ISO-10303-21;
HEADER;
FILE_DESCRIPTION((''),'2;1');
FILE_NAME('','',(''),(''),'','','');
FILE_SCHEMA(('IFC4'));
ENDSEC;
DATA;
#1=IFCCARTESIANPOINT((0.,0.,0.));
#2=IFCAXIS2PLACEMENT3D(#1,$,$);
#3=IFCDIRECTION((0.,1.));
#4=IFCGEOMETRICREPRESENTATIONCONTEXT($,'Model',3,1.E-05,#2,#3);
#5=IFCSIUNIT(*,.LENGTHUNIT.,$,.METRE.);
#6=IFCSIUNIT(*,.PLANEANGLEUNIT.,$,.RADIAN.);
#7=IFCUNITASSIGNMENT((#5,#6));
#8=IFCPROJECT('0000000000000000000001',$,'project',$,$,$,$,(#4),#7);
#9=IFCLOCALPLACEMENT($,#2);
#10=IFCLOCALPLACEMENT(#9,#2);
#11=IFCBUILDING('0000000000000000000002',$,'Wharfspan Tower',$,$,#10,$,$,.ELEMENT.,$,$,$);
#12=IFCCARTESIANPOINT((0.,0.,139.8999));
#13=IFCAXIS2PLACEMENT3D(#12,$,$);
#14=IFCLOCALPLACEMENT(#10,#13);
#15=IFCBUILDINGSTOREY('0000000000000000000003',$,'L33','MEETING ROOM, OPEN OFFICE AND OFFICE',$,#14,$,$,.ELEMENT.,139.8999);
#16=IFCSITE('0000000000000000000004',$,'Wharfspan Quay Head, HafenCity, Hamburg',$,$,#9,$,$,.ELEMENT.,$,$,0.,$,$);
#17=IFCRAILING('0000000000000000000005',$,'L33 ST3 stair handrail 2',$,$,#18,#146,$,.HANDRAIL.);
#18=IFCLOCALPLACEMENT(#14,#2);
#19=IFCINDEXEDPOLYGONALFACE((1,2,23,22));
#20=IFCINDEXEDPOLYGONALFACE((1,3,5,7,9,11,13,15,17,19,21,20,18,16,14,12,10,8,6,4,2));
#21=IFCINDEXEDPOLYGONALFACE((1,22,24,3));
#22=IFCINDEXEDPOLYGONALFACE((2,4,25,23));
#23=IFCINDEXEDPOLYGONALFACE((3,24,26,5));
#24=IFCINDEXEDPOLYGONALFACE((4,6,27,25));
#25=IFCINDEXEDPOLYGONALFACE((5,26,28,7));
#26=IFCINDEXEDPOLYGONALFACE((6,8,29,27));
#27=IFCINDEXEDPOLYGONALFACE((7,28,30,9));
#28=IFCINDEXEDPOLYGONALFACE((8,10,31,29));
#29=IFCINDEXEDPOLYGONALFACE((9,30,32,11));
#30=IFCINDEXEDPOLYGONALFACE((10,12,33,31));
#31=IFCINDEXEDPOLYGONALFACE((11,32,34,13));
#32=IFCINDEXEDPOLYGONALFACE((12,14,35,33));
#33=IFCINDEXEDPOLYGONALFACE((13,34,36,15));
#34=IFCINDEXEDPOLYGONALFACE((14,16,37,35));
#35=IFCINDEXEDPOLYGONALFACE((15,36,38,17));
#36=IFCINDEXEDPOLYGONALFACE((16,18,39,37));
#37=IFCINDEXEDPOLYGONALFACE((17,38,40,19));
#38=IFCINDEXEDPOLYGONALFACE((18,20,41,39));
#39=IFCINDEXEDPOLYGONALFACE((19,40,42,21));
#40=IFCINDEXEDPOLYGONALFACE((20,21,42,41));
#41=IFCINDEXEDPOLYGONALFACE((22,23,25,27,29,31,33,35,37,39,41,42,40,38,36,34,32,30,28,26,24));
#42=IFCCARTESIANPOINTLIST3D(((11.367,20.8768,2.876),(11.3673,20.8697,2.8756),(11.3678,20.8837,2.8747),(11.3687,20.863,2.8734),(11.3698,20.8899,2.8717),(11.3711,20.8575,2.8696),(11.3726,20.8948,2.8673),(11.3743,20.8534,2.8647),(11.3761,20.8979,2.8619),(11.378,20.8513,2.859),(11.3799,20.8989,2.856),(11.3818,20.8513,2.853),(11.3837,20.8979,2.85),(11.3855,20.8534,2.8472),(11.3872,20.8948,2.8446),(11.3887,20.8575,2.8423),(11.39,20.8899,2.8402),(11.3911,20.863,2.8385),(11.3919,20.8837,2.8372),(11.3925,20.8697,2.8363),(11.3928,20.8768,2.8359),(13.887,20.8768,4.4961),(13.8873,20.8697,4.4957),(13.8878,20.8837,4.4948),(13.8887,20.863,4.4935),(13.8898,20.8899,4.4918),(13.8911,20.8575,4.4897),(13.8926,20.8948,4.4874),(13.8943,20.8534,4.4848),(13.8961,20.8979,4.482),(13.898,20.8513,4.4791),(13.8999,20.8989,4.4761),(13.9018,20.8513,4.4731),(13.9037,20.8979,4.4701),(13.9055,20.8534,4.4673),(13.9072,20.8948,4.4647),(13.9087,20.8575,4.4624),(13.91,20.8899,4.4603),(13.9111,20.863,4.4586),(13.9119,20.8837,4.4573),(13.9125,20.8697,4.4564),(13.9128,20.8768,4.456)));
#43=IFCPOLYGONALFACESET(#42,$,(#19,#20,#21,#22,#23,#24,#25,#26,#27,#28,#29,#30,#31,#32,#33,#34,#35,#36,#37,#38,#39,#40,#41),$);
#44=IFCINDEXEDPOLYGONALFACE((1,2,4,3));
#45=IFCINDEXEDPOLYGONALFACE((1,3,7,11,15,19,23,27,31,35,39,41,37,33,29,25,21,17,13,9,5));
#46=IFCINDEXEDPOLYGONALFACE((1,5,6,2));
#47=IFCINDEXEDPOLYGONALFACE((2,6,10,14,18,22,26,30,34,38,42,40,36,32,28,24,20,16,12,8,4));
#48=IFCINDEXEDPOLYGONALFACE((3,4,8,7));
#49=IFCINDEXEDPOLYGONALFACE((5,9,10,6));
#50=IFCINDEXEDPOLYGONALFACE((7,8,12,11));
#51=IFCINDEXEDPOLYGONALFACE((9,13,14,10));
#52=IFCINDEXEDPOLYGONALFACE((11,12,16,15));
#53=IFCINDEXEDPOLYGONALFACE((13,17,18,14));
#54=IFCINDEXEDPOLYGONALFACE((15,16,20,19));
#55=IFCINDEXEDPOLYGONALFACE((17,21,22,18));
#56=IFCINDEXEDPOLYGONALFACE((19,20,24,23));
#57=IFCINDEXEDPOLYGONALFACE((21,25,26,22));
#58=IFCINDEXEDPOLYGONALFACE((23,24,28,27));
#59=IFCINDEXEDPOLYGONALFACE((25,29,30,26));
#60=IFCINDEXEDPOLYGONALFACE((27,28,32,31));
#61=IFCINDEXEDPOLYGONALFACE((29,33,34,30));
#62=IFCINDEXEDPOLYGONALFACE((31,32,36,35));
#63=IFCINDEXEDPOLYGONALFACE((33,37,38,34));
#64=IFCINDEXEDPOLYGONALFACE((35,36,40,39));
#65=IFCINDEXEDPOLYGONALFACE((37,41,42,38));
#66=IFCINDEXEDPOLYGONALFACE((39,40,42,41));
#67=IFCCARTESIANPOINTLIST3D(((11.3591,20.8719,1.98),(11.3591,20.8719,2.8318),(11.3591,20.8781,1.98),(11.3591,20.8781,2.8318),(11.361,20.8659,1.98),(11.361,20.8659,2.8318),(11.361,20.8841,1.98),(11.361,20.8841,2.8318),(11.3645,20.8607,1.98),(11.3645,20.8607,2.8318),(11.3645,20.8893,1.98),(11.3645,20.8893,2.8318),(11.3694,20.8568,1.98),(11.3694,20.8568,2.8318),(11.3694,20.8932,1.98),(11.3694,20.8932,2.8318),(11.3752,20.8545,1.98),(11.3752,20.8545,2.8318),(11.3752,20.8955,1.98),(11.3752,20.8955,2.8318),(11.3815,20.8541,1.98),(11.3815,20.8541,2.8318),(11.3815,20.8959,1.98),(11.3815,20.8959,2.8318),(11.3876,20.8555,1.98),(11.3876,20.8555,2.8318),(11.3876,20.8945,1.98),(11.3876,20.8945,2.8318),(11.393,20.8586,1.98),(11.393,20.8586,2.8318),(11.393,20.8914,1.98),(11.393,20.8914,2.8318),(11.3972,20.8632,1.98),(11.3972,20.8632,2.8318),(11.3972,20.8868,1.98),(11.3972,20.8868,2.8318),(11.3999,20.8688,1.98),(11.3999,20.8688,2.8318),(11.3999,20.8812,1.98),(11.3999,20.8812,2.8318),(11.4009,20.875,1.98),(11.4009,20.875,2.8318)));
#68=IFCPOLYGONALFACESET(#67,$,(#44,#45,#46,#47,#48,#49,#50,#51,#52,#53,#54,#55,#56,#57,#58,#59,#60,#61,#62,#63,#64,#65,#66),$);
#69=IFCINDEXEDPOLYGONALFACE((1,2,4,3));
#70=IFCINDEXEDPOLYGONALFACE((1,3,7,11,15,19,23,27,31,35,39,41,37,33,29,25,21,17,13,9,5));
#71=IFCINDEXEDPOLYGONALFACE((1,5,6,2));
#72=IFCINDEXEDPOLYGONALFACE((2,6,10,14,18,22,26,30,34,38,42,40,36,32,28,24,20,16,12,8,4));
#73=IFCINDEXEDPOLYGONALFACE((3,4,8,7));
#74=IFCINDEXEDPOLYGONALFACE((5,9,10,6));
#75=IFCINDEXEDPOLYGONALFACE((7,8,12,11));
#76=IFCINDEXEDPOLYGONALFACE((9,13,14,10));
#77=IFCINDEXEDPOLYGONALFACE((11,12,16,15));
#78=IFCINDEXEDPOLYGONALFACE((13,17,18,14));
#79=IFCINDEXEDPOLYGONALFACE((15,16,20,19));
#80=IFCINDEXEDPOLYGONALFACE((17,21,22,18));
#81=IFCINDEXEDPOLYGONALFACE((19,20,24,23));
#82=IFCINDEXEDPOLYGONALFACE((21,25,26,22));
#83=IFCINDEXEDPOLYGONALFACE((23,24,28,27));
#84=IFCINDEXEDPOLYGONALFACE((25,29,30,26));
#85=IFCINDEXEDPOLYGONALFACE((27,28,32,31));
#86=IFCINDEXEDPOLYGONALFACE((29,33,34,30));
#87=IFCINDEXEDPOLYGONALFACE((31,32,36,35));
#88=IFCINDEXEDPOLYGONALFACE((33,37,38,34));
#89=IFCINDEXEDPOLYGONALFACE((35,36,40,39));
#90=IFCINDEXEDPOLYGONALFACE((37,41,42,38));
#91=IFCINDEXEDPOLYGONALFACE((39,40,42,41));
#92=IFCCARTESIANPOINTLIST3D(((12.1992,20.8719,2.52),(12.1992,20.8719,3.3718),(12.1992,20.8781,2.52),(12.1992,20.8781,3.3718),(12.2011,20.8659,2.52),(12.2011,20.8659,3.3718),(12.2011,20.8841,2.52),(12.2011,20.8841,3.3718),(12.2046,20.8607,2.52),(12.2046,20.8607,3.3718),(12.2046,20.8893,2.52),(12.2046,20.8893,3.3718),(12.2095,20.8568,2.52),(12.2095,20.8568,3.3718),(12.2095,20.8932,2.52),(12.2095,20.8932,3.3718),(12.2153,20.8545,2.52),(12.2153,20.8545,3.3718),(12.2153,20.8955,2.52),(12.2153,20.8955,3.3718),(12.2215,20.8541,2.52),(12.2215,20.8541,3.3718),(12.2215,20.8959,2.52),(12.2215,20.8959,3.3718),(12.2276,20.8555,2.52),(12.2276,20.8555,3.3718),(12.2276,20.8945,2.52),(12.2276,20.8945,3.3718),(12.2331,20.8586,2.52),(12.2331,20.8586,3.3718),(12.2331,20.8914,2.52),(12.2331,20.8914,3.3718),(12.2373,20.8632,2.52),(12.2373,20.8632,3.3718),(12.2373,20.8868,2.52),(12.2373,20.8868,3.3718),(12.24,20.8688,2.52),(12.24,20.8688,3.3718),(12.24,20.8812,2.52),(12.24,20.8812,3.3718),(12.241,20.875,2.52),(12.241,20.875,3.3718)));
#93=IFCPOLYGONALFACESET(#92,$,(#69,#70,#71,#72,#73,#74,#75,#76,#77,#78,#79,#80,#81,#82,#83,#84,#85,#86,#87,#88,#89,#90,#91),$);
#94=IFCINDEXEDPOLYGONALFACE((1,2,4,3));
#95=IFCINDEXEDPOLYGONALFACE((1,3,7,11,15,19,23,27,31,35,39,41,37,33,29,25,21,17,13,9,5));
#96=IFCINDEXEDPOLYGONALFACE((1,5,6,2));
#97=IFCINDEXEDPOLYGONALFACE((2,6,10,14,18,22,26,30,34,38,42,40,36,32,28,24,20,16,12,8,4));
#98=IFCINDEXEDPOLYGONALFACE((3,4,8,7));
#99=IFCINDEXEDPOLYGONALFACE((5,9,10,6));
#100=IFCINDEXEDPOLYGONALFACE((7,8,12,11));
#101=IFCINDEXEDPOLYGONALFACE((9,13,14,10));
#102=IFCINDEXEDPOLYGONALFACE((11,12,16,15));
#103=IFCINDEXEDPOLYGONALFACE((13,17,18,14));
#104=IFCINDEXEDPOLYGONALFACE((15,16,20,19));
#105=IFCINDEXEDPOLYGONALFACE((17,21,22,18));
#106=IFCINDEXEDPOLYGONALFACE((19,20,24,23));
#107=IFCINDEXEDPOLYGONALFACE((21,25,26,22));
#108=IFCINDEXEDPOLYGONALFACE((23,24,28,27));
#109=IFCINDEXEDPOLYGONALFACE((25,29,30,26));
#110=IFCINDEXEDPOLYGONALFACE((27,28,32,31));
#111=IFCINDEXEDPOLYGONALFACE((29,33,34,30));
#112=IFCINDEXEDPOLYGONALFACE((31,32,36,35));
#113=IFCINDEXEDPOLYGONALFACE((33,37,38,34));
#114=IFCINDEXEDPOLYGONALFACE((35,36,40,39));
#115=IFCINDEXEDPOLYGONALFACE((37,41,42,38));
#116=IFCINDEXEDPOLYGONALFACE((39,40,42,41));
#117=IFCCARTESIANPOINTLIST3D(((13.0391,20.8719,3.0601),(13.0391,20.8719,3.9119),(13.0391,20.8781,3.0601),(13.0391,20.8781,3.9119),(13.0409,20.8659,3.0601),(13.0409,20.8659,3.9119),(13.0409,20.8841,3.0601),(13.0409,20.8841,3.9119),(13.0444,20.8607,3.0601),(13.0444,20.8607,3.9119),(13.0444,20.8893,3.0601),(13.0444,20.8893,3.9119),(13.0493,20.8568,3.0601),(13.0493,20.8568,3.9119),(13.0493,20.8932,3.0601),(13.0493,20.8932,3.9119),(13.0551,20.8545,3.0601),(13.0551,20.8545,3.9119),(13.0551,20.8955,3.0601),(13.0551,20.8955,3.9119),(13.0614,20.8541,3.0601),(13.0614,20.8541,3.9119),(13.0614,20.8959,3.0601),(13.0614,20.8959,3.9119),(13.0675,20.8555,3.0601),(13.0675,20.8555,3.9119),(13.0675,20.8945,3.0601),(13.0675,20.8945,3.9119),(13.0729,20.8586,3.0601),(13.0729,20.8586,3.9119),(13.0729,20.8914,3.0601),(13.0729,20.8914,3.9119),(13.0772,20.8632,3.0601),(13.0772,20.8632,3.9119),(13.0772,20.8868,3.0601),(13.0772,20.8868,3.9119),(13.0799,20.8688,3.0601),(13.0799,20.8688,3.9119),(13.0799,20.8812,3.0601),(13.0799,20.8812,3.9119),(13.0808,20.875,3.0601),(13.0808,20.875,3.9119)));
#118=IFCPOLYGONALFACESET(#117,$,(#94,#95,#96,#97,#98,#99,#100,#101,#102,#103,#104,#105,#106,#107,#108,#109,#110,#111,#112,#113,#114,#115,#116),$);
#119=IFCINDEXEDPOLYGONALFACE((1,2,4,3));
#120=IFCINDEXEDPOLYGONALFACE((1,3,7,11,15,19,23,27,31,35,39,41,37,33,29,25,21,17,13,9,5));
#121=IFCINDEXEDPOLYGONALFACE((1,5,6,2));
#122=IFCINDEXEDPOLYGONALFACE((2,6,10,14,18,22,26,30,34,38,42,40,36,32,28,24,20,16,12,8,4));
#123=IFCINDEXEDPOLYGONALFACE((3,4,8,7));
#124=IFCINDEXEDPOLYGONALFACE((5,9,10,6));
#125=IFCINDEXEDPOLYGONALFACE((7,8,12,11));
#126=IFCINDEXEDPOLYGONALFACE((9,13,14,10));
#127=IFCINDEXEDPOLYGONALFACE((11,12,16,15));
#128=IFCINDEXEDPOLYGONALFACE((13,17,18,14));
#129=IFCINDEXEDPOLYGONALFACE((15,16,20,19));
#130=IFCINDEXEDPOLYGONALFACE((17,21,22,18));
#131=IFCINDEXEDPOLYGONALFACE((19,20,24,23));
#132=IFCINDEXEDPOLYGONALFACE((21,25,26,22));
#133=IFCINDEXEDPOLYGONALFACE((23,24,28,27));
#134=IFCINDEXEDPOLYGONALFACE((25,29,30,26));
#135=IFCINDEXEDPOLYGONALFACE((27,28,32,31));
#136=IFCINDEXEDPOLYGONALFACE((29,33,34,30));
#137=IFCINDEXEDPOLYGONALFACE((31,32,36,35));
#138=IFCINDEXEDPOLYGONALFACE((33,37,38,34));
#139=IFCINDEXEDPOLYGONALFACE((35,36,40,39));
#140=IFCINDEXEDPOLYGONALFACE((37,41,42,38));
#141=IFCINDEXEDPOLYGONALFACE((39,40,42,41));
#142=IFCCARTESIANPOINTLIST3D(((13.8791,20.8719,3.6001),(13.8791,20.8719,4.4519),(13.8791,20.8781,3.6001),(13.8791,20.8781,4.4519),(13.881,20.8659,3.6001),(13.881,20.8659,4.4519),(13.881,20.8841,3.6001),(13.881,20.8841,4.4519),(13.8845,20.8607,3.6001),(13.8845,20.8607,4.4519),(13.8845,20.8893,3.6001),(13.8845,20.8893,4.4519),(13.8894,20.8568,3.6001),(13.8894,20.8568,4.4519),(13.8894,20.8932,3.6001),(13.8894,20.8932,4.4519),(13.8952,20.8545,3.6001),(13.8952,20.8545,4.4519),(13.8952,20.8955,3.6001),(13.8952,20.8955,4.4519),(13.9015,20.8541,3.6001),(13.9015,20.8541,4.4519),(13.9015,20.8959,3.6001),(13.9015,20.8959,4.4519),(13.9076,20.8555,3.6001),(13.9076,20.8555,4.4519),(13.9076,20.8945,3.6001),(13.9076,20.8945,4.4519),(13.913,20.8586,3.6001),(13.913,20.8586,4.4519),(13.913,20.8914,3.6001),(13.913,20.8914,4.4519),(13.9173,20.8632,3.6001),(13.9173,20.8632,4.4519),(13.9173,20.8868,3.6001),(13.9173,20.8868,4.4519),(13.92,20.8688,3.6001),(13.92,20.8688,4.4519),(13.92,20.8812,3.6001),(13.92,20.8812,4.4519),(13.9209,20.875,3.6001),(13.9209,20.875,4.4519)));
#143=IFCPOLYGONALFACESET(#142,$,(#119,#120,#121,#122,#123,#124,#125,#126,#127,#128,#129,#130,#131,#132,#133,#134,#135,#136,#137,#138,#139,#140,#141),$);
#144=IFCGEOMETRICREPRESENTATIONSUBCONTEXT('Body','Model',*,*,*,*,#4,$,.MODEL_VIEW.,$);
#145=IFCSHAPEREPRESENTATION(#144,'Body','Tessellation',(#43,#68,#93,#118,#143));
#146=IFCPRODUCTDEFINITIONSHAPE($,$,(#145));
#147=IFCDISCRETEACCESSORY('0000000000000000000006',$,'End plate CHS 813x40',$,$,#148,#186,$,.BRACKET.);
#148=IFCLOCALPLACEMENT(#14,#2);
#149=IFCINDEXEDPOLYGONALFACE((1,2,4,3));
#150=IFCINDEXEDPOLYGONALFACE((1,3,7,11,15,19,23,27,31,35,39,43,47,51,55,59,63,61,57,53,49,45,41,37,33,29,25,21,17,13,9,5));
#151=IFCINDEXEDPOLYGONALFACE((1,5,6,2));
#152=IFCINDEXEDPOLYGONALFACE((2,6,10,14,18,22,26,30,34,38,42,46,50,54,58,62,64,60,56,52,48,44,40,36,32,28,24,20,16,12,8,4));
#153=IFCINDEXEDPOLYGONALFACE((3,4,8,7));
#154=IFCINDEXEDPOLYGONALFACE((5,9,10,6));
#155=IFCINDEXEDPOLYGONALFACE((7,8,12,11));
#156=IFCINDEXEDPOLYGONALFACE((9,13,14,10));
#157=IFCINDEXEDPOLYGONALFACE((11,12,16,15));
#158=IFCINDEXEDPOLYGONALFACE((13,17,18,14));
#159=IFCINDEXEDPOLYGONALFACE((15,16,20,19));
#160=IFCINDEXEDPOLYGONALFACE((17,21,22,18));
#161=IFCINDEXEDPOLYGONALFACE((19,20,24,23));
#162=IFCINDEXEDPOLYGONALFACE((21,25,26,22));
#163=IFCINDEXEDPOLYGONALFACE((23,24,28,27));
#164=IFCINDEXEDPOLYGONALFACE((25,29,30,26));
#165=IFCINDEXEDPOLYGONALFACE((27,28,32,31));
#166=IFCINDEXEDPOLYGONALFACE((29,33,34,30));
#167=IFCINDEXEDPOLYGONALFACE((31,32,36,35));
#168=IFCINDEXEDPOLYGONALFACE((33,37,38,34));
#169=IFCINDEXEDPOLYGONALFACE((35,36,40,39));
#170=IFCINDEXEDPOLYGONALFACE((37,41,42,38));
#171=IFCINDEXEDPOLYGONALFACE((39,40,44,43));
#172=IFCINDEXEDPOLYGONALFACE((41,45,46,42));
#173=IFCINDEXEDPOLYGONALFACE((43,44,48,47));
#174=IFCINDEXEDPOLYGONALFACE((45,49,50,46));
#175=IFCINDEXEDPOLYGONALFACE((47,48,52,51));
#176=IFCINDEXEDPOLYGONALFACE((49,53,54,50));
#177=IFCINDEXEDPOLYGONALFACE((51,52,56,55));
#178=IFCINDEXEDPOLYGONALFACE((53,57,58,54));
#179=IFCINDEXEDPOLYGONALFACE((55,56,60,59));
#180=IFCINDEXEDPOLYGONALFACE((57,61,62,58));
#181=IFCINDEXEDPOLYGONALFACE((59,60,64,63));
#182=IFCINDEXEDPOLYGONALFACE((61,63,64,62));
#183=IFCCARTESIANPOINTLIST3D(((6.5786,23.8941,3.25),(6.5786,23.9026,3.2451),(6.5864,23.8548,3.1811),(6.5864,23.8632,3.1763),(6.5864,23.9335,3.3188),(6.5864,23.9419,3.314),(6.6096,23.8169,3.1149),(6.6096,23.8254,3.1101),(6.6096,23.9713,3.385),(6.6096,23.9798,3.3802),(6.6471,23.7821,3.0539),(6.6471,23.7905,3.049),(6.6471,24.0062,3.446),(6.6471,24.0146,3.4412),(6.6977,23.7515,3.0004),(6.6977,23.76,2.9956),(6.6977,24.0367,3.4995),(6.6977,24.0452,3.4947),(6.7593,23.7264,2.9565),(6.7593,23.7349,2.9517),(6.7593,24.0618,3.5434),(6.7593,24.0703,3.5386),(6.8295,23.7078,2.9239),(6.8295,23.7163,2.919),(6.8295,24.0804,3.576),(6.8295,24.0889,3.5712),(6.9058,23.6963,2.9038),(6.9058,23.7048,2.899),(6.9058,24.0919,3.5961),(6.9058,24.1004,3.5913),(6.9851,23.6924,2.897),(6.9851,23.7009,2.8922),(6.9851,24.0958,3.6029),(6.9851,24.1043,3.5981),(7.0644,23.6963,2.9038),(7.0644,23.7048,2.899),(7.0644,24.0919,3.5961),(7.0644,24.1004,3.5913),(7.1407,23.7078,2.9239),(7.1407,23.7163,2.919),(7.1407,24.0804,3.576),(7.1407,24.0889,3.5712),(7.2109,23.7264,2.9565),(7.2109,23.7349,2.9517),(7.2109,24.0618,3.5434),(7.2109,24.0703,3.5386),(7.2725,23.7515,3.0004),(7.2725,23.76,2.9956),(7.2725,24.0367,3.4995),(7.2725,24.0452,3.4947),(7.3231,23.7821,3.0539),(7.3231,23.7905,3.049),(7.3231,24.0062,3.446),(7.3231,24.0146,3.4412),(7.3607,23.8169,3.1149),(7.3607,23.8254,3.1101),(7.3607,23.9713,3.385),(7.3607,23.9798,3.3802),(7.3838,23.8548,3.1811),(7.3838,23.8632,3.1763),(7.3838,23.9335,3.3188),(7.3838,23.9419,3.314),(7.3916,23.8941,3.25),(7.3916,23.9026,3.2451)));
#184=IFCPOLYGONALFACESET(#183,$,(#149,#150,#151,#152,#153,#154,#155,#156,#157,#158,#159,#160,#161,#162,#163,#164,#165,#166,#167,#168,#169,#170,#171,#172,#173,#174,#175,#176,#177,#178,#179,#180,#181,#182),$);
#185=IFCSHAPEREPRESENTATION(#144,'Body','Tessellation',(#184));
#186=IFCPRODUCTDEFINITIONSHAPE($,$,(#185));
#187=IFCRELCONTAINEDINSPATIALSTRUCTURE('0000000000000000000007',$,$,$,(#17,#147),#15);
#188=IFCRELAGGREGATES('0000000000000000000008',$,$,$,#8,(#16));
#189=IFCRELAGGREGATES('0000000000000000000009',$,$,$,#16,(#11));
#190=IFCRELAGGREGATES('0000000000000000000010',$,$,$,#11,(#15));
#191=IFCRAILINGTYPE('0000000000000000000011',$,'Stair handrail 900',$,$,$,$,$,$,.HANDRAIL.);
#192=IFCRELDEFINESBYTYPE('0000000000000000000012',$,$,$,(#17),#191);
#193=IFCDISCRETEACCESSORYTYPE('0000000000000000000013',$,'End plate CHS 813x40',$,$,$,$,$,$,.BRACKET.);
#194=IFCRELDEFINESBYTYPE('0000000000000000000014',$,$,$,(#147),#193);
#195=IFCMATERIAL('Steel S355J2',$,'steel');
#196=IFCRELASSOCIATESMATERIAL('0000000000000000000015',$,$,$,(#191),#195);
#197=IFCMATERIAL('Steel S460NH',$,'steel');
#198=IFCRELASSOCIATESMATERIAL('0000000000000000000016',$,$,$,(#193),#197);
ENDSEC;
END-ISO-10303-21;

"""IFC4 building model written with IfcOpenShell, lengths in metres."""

from ifc_helpers import new_model, si_unit, direction, frame, origin, origin_2d, place, context, subcontext, project, spatial, circle, extrude, material, material_profile, profile_set, type_object, element, save


model = new_model("IFC4")

# Units and contexts
model_context = context("Model", 3, precision=1e-05, world=origin(), true_north=direction((0.0, 1.0)))
body_context = subcontext(model_context, "Body", "Model", "MODEL_VIEW")
ifc_project = project(units=[si_unit("LENGTHUNIT", "METRE"), si_unit("PLANEANGLEUNIT", "RADIAN")], contexts=[model_context])

# Site, building, storey
site_placement = place(None, origin())
site = spatial("IfcSite", under=ifc_project, at=site_placement, Name="Wharfspan Quay Head, HafenCity, Hamburg", CompositionType="ELEMENT", RefElevation=0.0)
building_placement = place(site_placement, origin())
building = spatial("IfcBuilding", under=site, at=building_placement, Name="Wharfspan Tower", CompositionType="ELEMENT")
storey_placement = place(building_placement, frame((0.0, 0.0, 139.8999)))
storey = spatial("IfcBuildingStorey", under=building, at=storey_placement, Name="L33", Description="MEETING ROOM, OPEN OFFICE AND OFFICE", CompositionType="ELEMENT", Elevation=139.8999)

# Shared definitions
ifc_material_1 = material(Name="Steel S355J2", Category="steel")

# Shared definitions
ifc_material_2 = material(Name="Steel S460NH", Category="steel")

# Railing
railing_type_1 = type_object("IfcRailingType", Name="Stair handrail 900", PredefinedType="HANDRAIL", material=ifc_material_1)
railing_1_placement = place(storey_placement, frame((11.3799, 20.875, 1.98)))
element("IfcRailing", 1, at=railing_1_placement, inside=storey, type_object=railing_type_1, Name="L33 ST3 stair handrail 2", PredefinedType="HANDRAIL", context=body_context, shape_type="SweptSolid", body=[
    extrude(circle(Radius=0.0239, at=origin_2d()), frame((0.0, 0.0, 0.876), z_axis=(0.841163, 0.0, 0.540782), x_axis=(0.0, 1.0, 0.0)), (0.0, 0.0, 1.0), 2.9958),
    extrude(circle(Radius=0.021, at=origin_2d()), origin(), (0.0, 0.0, 1.0), 0.8518),
    extrude(circle(Radius=0.021, at=origin_2d()), frame((0.8401, 0.0, 0.54)), (0.0, 0.0, 1.0), 0.8518),
    extrude(circle(Radius=0.021, at=origin_2d()), frame((1.6799, 0.0, 1.0801)), (0.0, 0.0, 1.0), 0.8518),
    extrude(circle(Radius=0.021, at=origin_2d()), frame((2.52, 0.0, 1.6201)), (0.0, 0.0, 1.0), 0.8518),
])

# Discrete accessory
ifc_material_profile_1 = material_profile(ifc_material_2, circle(Radius=0.4065, at=origin_2d()))
ifc_profile_set_1 = profile_set([ifc_material_profile_1], Name="Steel S460NH")
discrete_accessory_type = type_object("IfcDiscreteAccessoryType", Name="End plate CHS 813x40", PredefinedType="BRACKET", material=ifc_profile_set_1)
for number, where, z_axis, x_axis, name in (
    (2, (6.9851, 23.9026, 3.2451), (0.0, -0.868243, 0.496139), (1.0, 0.0, 0.0), "End plate CHS 813x40"),
):
    element("IfcDiscreteAccessory", number, at=place(storey_placement, frame(where, z_axis=z_axis, x_axis=x_axis)), inside=storey, type_object=discrete_accessory_type, Name=name, PredefinedType="BRACKET", context=body_context, shape_type="SweptSolid", body=[
        extrude(circle(Radius=0.4065, at=origin_2d()), origin(), (0.0, 0.0, 1.0), 0.0098),
    ])

save(model, "model.ifc")
